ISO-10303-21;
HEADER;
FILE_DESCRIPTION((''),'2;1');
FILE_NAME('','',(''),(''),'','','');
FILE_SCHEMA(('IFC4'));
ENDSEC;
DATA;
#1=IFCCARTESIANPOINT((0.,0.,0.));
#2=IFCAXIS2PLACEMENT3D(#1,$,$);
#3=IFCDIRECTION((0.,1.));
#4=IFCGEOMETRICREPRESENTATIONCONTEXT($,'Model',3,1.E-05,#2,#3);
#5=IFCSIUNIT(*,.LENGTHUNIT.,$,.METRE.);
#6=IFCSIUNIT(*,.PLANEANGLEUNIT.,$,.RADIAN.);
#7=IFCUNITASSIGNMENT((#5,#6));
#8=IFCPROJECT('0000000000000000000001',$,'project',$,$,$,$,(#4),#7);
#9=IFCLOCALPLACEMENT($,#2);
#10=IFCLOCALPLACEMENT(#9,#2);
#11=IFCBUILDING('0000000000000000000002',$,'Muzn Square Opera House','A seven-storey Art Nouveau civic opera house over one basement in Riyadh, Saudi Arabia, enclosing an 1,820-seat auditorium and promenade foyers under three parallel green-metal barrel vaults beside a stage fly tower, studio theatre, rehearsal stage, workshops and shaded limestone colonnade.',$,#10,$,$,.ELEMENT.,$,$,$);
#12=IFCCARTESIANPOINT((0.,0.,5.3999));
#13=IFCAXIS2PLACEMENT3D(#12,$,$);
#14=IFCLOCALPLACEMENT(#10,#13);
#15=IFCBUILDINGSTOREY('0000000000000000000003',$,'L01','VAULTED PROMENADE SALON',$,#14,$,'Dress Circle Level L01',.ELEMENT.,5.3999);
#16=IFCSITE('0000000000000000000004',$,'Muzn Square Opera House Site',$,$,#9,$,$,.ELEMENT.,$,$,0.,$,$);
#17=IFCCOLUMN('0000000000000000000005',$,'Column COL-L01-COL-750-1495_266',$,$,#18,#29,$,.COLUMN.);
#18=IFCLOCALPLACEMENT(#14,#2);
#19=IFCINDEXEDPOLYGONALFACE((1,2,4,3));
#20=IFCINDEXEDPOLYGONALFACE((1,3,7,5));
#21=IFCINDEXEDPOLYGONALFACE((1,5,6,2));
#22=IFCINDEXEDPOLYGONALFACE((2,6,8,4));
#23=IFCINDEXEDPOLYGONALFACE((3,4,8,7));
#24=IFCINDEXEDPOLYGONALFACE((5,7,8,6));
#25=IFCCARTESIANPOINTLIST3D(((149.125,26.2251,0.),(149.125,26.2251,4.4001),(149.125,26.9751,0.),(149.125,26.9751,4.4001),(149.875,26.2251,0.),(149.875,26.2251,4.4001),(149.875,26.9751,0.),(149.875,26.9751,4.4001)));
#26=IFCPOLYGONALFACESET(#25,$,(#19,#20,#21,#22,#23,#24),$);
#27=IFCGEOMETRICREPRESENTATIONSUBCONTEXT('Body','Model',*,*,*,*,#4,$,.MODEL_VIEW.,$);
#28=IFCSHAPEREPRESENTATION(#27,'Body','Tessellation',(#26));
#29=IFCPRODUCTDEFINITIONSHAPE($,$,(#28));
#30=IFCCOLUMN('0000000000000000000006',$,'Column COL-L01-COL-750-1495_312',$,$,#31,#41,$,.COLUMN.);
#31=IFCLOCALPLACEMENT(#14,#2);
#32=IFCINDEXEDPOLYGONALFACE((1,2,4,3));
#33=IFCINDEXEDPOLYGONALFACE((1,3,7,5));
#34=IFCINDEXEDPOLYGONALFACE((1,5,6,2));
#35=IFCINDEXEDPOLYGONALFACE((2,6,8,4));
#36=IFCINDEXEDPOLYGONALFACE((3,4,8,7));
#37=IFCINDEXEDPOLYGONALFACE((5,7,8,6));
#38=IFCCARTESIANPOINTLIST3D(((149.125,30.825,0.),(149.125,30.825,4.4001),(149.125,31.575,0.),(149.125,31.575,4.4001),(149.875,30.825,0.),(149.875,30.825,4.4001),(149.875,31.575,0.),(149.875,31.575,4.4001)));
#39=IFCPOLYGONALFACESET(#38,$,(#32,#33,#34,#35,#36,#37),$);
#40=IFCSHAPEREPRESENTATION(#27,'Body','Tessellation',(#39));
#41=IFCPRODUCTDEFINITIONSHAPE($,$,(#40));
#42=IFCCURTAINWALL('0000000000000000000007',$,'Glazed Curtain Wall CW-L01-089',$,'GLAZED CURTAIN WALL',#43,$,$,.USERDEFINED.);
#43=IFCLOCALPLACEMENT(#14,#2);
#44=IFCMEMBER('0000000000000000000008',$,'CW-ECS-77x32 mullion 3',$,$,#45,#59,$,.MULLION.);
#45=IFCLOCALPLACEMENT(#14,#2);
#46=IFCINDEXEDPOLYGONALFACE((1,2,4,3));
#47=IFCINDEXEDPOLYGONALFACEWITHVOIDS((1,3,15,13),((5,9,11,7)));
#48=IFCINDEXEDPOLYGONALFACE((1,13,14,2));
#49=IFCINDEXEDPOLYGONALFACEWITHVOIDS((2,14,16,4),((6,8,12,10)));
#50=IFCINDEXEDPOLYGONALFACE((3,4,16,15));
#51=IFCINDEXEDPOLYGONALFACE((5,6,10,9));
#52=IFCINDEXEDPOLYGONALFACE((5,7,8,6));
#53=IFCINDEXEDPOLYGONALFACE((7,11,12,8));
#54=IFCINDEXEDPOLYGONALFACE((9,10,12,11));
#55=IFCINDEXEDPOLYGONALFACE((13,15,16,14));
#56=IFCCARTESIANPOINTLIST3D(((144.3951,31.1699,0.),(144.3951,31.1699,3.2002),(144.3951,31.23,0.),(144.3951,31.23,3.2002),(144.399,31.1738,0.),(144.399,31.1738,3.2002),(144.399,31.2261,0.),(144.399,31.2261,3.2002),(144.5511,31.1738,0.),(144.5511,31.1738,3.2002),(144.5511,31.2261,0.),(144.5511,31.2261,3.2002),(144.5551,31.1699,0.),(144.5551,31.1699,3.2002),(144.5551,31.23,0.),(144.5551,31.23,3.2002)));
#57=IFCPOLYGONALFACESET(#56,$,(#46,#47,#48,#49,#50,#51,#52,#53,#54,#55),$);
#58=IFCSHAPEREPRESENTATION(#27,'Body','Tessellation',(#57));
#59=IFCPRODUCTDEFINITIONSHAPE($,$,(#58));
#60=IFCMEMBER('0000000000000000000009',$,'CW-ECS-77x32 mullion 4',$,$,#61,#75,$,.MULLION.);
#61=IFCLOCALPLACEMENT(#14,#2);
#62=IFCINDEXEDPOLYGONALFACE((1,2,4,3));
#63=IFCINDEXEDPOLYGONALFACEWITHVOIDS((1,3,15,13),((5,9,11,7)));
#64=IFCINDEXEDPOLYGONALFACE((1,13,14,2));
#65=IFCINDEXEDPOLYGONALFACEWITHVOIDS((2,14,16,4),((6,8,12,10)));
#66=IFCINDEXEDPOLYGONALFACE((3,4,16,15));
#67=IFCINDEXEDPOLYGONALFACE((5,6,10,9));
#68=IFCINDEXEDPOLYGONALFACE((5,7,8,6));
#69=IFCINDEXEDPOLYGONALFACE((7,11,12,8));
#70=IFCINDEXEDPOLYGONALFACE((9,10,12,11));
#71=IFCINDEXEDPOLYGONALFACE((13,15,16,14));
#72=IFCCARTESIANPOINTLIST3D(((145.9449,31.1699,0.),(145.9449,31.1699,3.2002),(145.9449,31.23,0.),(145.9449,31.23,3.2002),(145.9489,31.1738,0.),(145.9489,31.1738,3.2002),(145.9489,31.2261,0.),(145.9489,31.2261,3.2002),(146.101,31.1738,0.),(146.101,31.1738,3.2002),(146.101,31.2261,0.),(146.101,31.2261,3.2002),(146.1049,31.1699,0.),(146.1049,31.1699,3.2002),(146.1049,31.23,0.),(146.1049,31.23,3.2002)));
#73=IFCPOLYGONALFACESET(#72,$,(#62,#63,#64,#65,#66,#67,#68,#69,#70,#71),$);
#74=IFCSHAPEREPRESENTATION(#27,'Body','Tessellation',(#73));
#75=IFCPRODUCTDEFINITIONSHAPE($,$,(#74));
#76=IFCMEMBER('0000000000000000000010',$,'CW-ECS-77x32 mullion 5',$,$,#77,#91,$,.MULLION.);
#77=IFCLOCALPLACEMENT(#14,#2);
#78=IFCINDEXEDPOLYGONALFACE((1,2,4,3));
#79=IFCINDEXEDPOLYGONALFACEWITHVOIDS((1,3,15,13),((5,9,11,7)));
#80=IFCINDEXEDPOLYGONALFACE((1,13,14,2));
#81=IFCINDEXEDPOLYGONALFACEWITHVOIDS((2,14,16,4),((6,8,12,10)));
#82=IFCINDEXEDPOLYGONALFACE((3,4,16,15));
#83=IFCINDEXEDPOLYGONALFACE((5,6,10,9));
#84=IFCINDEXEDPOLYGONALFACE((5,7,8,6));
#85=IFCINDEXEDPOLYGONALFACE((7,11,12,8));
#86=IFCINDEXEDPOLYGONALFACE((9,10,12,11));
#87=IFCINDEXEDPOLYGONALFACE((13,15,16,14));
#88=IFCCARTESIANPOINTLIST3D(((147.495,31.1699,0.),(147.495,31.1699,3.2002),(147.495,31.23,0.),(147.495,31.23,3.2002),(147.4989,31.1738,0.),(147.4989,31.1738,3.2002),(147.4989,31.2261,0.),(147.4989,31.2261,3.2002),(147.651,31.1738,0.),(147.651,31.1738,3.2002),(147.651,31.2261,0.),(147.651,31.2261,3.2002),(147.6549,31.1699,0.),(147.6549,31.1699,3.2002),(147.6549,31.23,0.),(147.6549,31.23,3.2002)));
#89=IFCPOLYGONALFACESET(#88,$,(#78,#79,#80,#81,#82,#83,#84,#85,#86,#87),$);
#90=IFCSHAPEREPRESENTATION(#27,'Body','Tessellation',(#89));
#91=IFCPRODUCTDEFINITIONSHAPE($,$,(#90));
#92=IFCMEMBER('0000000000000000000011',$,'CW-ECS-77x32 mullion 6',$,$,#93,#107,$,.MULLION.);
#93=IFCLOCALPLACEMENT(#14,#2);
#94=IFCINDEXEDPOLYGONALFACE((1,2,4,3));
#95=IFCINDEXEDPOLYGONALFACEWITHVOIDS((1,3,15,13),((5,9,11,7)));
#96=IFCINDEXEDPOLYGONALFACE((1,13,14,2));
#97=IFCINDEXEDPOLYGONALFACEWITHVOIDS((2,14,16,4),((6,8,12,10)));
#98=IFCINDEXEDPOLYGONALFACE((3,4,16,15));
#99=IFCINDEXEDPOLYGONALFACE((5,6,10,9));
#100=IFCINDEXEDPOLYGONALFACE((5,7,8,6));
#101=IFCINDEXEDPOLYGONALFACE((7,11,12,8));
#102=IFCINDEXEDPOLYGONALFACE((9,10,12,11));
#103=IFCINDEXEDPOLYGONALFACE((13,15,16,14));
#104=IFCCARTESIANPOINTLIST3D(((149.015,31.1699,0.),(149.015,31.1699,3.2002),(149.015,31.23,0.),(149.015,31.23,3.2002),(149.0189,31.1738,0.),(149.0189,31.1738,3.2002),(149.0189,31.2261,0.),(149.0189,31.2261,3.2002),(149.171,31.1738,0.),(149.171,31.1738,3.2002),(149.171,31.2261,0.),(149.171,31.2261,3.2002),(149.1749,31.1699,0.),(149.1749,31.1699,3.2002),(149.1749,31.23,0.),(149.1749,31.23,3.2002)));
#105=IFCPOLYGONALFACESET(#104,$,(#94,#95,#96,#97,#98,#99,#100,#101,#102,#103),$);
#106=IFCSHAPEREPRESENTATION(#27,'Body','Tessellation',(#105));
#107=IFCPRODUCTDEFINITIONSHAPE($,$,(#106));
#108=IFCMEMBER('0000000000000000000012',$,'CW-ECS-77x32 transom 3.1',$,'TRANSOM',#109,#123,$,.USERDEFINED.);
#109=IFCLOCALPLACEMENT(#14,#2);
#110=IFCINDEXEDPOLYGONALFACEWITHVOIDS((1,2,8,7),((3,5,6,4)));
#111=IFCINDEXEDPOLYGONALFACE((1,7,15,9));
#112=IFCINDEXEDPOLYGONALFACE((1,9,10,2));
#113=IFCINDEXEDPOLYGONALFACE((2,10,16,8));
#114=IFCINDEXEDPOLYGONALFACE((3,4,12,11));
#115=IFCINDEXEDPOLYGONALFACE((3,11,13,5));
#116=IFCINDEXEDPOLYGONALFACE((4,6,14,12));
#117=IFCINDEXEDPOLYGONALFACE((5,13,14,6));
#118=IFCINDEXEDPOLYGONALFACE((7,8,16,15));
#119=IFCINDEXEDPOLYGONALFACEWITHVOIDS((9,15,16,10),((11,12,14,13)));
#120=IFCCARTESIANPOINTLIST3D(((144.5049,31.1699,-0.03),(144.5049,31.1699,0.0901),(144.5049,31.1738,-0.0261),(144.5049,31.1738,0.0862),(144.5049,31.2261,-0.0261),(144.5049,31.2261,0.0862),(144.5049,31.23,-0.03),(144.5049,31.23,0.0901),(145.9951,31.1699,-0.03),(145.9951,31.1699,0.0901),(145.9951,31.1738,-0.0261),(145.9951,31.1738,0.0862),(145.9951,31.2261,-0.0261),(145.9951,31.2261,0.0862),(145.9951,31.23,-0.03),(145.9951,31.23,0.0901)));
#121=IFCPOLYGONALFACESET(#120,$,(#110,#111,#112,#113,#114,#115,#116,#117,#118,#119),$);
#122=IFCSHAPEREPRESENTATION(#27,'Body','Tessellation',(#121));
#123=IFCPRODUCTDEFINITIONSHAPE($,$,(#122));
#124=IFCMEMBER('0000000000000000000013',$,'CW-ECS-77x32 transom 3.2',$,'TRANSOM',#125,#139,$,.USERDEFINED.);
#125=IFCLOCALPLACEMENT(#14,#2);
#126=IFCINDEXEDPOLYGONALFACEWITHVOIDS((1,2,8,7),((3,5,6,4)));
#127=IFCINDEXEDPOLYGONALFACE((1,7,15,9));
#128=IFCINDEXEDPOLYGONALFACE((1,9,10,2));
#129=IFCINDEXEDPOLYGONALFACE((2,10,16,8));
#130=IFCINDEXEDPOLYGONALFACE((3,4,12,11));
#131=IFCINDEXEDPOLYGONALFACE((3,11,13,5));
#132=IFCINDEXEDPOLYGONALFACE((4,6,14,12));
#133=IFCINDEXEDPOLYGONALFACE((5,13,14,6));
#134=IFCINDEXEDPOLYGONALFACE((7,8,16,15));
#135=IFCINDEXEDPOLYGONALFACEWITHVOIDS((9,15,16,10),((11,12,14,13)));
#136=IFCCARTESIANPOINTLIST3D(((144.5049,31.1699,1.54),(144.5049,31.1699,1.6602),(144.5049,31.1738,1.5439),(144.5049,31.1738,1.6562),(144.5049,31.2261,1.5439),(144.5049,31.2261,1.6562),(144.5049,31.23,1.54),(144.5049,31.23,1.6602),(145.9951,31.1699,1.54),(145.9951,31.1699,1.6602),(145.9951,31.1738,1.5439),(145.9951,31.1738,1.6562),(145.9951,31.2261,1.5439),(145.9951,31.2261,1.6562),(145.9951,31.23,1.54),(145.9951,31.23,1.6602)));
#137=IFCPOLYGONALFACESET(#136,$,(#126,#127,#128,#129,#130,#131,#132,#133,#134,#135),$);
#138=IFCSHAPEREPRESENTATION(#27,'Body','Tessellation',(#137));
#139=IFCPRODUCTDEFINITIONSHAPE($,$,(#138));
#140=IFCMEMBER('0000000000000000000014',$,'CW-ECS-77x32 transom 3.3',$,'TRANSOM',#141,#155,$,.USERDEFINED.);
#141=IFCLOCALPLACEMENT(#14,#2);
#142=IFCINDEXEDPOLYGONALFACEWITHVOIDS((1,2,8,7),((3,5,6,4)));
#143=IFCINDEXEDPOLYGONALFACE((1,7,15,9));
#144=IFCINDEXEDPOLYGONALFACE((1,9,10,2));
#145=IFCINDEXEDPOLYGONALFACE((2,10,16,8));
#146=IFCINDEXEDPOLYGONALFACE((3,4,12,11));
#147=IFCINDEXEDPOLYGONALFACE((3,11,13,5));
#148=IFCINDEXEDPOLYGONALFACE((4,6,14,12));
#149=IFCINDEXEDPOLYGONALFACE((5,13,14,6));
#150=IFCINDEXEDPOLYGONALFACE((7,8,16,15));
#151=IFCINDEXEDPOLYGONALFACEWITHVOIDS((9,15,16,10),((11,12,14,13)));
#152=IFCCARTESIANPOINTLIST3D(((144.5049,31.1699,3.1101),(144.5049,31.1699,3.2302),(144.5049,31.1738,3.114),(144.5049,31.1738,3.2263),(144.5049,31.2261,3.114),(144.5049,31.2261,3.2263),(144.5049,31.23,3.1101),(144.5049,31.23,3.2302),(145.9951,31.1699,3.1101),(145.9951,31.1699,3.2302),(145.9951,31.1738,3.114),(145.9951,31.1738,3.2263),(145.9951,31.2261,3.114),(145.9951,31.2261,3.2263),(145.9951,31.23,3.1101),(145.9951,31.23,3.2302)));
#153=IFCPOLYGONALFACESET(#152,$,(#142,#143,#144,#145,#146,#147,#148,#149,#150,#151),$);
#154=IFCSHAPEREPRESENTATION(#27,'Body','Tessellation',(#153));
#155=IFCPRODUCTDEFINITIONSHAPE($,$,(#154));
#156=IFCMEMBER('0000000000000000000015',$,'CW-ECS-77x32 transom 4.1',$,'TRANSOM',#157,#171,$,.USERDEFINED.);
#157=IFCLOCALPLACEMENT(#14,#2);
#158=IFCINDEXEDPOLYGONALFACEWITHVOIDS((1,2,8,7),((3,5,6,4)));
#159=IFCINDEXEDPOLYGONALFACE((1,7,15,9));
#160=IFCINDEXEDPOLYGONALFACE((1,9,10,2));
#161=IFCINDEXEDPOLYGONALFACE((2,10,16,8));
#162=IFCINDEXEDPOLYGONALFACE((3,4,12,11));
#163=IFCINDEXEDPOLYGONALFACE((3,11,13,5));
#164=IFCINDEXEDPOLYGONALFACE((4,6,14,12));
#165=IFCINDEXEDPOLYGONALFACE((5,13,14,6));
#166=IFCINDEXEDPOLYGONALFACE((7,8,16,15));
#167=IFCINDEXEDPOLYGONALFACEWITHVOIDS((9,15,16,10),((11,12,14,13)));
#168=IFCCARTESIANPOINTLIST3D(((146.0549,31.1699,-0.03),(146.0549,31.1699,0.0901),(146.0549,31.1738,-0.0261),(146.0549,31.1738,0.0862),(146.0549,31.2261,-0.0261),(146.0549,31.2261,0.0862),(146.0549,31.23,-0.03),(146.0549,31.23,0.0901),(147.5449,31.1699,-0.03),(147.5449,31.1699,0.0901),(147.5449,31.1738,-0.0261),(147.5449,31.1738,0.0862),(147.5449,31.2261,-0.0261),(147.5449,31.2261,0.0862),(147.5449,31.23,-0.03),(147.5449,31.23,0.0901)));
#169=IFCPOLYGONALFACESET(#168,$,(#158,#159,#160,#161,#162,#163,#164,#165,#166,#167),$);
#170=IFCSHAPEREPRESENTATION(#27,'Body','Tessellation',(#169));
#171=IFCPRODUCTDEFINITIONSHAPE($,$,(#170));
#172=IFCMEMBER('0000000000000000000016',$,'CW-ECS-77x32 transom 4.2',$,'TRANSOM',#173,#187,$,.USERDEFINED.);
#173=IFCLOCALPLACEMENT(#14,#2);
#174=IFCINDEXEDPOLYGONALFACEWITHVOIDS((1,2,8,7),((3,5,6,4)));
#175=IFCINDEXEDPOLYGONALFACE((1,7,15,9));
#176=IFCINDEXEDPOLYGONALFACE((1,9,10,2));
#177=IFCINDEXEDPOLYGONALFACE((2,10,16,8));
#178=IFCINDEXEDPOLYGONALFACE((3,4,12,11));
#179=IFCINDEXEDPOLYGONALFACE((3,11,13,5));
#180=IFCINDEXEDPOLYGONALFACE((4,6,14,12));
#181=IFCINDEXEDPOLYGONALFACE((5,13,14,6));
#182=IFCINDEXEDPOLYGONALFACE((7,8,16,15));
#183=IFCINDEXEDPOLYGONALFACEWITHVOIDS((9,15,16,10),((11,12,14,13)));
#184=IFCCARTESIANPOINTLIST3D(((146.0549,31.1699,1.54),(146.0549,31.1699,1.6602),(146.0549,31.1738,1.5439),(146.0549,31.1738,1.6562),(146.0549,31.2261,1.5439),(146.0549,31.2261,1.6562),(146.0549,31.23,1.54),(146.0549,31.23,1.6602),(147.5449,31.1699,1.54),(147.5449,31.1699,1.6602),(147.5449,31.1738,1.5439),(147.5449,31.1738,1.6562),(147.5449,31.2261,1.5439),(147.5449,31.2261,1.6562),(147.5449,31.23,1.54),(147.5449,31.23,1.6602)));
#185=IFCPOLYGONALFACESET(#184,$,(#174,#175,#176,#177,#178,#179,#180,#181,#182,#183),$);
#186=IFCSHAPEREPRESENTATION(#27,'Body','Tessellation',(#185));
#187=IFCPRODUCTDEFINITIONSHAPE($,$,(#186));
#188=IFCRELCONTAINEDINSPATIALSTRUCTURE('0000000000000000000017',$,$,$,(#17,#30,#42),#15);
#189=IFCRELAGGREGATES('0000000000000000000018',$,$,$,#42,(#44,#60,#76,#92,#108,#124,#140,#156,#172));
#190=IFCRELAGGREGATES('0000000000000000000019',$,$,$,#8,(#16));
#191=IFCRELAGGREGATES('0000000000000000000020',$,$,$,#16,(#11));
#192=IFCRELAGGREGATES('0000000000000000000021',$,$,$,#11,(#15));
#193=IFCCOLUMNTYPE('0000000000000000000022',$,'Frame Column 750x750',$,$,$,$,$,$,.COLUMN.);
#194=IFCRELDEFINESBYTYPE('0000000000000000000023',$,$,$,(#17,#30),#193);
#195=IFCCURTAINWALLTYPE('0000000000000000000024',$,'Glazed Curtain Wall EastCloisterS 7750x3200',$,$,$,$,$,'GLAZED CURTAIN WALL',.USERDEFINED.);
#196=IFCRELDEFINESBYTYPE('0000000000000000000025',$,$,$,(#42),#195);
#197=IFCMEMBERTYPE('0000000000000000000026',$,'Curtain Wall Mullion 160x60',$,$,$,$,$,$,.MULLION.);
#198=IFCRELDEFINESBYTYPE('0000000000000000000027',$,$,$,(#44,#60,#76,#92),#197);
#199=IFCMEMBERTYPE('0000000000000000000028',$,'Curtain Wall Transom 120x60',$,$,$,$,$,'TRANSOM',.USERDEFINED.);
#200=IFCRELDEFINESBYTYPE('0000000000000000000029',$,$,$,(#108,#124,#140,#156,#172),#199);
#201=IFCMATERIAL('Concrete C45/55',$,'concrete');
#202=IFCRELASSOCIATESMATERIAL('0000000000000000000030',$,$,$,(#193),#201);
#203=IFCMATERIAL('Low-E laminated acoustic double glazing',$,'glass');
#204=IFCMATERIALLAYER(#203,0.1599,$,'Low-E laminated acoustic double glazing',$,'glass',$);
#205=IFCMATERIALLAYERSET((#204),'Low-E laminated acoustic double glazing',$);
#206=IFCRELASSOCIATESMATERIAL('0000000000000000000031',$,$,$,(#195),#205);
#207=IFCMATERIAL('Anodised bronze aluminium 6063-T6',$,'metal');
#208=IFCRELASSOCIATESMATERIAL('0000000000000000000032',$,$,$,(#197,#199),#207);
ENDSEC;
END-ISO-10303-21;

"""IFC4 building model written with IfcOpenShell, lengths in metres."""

from ifc_helpers import new_model, si_unit, direction, frame, origin, origin_2d, place, context, subcontext, project, spatial, rectangle, hollow_rectangle, extrude, material, layer, layer_set, material_profile, profile_set, type_object, element, aggregate, save


model = new_model("IFC4")

# Units and contexts
model_context = context("Model", 3, precision=1e-05, world=origin(), true_north=direction((0.0, 1.0)))
body_context = subcontext(model_context, "Body", "Model", "MODEL_VIEW")
ifc_project = project(units=[si_unit("LENGTHUNIT", "METRE"), si_unit("PLANEANGLEUNIT", "RADIAN")], contexts=[model_context])

# Site, building, storey
site_placement = place(None, origin())
site = spatial("IfcSite", under=ifc_project, at=site_placement, Name="Muzn Square Opera House Site", CompositionType="ELEMENT", RefElevation=0.0)
building_placement = place(site_placement, origin())
building = spatial("IfcBuilding", under=site, at=building_placement, Name="Muzn Square Opera House", Description="A seven-storey Art Nouveau civic opera house over one basement in Riyadh, Saudi Arabia, enclosing an 1,820-seat auditorium and promenade foyers under three parallel green-metal barrel vaults beside a stage fly tower, studio theatre, rehearsal stage, workshops and shaded limestone colonnade.", CompositionType="ELEMENT")
storey_placement = place(building_placement, frame((0.0, 0.0, 5.3999)))
storey = spatial("IfcBuildingStorey", under=building, at=storey_placement, Name="L01", Description="VAULTED PROMENADE SALON", LongName="Dress Circle Level L01", CompositionType="ELEMENT", Elevation=5.3999)

# Columns
ifc_material_1 = material(Name="Concrete C45/55", Category="concrete")
ifc_material_profile_1 = material_profile(ifc_material_1, rectangle(XDim=0.75, YDim=0.75, at=origin_2d()), Name="RC 750x750", Category="concrete")
ifc_profile_set_1 = profile_set([ifc_material_profile_1], Name="Concrete C45/55")
column_type = type_object("IfcColumnType", Name="Frame Column 750x750", PredefinedType="COLUMN", material=ifc_profile_set_1)
for number, where, z_axis, x_axis, name in (
    (1, (149.5, 26.6001, 0.0), (0.0, 0.0, 1.0), (1.0, 0.0, 0.0), "Column COL-L01-COL-750-1495_266"),
    (2, (149.5, 31.2, 0.0), (0.0, 0.0, 1.0), (1.0, 0.0, 0.0), "Column COL-L01-COL-750-1495_312"),
):
    element("IfcColumn", number, at=place(storey_placement, frame(where, z_axis=z_axis, x_axis=x_axis)), inside=storey, type_object=column_type, Name=name, PredefinedType="COLUMN", context=body_context, shape_type="SweptSolid", body=[
        extrude(rectangle(XDim=0.75, YDim=0.75, at=origin_2d()), origin(), (0.0, 0.0, 1.0), 4.4001),
    ])

# Curtain wall, members
ifc_material_2 = material(Name="Low-E laminated acoustic double glazing", Category="glass")
ifc_layer_1 = layer(ifc_material_2, 0.1599, Name="Low-E laminated acoustic double glazing", Category="glass")
ifc_layer_set_1 = layer_set([ifc_layer_1], Name="Low-E laminated acoustic double glazing")
curtain_wall_type = type_object("IfcCurtainWallType", Name="Glazed Curtain Wall EastCloisterS 7750x3200", ElementType="GLAZED CURTAIN WALL", PredefinedType="USERDEFINED", material=ifc_layer_set_1)
curtain_wall_placement = place(storey_placement, origin())
curtain_wall = element("IfcCurtainWall", 3, at=curtain_wall_placement, inside=storey, type_object=curtain_wall_type, Name="Glazed Curtain Wall CW-L01-089", ObjectType="GLAZED CURTAIN WALL", PredefinedType="USERDEFINED")
ifc_material_3 = material(Name="Anodised bronze aluminium 6063-T6", Category="metal")
ifc_material_profile_2 = material_profile(ifc_material_3, hollow_rectangle(XDim=0.0601, YDim=0.1599, WallThickness=0.0039, at=origin_2d()), Name="ALU 160x60x4", Category="metal")
ifc_profile_set_2 = profile_set([ifc_material_profile_2], Name="Anodised bronze aluminium 6063-T6")
member_type_1 = type_object("IfcMemberType", Name="Curtain Wall Mullion 160x60", PredefinedType="MULLION", material=ifc_profile_set_2)
member_1_placement = place(storey_placement, frame((144.4751, 31.2, 0.0), z_axis=(0.0, 0.0, 1.0), x_axis=(0.0, 1.0, 0.0)))
member_1 = element("IfcMember", 4, at=member_1_placement, type_object=member_type_1, Name="CW-ECS-77x32 mullion 3", PredefinedType="MULLION", context=body_context, shape_type="SweptSolid", body=[
    extrude(hollow_rectangle(XDim=0.0601, YDim=0.1599, WallThickness=0.0039, at=origin_2d()), origin(), (0.0, 0.0, 1.0), 3.2002),
])
member_2_placement = place(storey_placement, frame((146.0249, 31.2, 0.0), z_axis=(0.0, 0.0, 1.0), x_axis=(0.0, 1.0, 0.0)))
member_2 = element("IfcMember", 5, at=member_2_placement, type_object=member_type_1, Name="CW-ECS-77x32 mullion 4", PredefinedType="MULLION", context=body_context, shape_type="SweptSolid", body=[
    extrude(hollow_rectangle(XDim=0.0601, YDim=0.1599, WallThickness=0.0039, at=origin_2d()), origin(), (0.0, 0.0, 1.0), 3.2002),
])
member_3_placement = place(storey_placement, frame((147.575, 31.2, 0.0), z_axis=(0.0, 0.0, 1.0), x_axis=(0.0, 1.0, 0.0)))
member_3 = element("IfcMember", 6, at=member_3_placement, type_object=member_type_1, Name="CW-ECS-77x32 mullion 5", PredefinedType="MULLION", context=body_context, shape_type="SweptSolid", body=[
    extrude(hollow_rectangle(XDim=0.0601, YDim=0.1599, WallThickness=0.0039, at=origin_2d()), origin(), (0.0, 0.0, 1.0), 3.2002),
])
member_4_placement = place(storey_placement, frame((149.095, 31.2, 0.0), z_axis=(0.0, 0.0, 1.0), x_axis=(0.0, 1.0, 0.0)))
member_4 = element("IfcMember", 7, at=member_4_placement, type_object=member_type_1, Name="CW-ECS-77x32 mullion 6", PredefinedType="MULLION", context=body_context, shape_type="SweptSolid", body=[
    extrude(hollow_rectangle(XDim=0.0601, YDim=0.1599, WallThickness=0.0039, at=origin_2d()), origin(), (0.0, 0.0, 1.0), 3.2002),
])
ifc_material_profile_3 = material_profile(ifc_material_3, hollow_rectangle(XDim=0.0601, YDim=0.1201, WallThickness=0.0039, at=origin_2d()), Name="ALU 120x60x4", Category="metal")
ifc_profile_set_3 = profile_set([ifc_material_profile_3], Name="Anodised bronze aluminium 6063-T6")
member_type_2 = type_object("IfcMemberType", Name="Curtain Wall Transom 120x60", ElementType="TRANSOM", PredefinedType="USERDEFINED", material=ifc_profile_set_3)
member_5_placement = place(storey_placement, frame((144.5049, 31.2, 0.03), z_axis=(1.0, 0.0, 0.0), x_axis=(0.0, 1.0, 0.0)))
member_5 = element("IfcMember", 8, at=member_5_placement, type_object=member_type_2, Name="CW-ECS-77x32 transom 3.1", ObjectType="TRANSOM", PredefinedType="USERDEFINED", context=body_context, shape_type="SweptSolid", body=[
    extrude(hollow_rectangle(XDim=0.0601, YDim=0.1201, WallThickness=0.0039, at=origin_2d()), origin(), (0.0, 0.0, 1.0), 1.4902),
])
member_6_placement = place(storey_placement, frame((144.5049, 31.2, 1.6001), z_axis=(1.0, 0.0, 0.0), x_axis=(0.0, 1.0, 0.0)))
member_6 = element("IfcMember", 9, at=member_6_placement, type_object=member_type_2, Name="CW-ECS-77x32 transom 3.2", ObjectType="TRANSOM", PredefinedType="USERDEFINED", context=body_context, shape_type="SweptSolid", body=[
    extrude(hollow_rectangle(XDim=0.0601, YDim=0.1201, WallThickness=0.0039, at=origin_2d()), origin(), (0.0, 0.0, 1.0), 1.4902),
])
member_7_placement = place(storey_placement, frame((144.5049, 31.2, 3.1702), z_axis=(1.0, 0.0, 0.0), x_axis=(0.0, 1.0, 0.0)))
member_7 = element("IfcMember", 10, at=member_7_placement, type_object=member_type_2, Name="CW-ECS-77x32 transom 3.3", ObjectType="TRANSOM", PredefinedType="USERDEFINED", context=body_context, shape_type="SweptSolid", body=[
    extrude(hollow_rectangle(XDim=0.0601, YDim=0.1201, WallThickness=0.0039, at=origin_2d()), origin(), (0.0, 0.0, 1.0), 1.4902),
])
member_8_placement = place(storey_placement, frame((146.0549, 31.2, 0.03), z_axis=(1.0, 0.0, 0.0), x_axis=(0.0, 1.0, 0.0)))
member_8 = element("IfcMember", 11, at=member_8_placement, type_object=member_type_2, Name="CW-ECS-77x32 transom 4.1", ObjectType="TRANSOM", PredefinedType="USERDEFINED", context=body_context, shape_type="SweptSolid", body=[
    extrude(hollow_rectangle(XDim=0.0601, YDim=0.1201, WallThickness=0.0039, at=origin_2d()), origin(), (0.0, 0.0, 1.0), 1.49),
])
member_9_placement = place(storey_placement, frame((146.0549, 31.2, 1.6001), z_axis=(1.0, 0.0, 0.0), x_axis=(0.0, 1.0, 0.0)))
member_9 = element("IfcMember", 12, at=member_9_placement, type_object=member_type_2, Name="CW-ECS-77x32 transom 4.2", ObjectType="TRANSOM", PredefinedType="USERDEFINED", context=body_context, shape_type="SweptSolid", body=[
    extrude(hollow_rectangle(XDim=0.0601, YDim=0.1201, WallThickness=0.0039, at=origin_2d()), origin(), (0.0, 0.0, 1.0), 1.49),
])

aggregate(curtain_wall, [member_1, member_2, member_3, member_4, member_5, member_6, member_7, member_8, member_9])

save(model, "model.ifc")
